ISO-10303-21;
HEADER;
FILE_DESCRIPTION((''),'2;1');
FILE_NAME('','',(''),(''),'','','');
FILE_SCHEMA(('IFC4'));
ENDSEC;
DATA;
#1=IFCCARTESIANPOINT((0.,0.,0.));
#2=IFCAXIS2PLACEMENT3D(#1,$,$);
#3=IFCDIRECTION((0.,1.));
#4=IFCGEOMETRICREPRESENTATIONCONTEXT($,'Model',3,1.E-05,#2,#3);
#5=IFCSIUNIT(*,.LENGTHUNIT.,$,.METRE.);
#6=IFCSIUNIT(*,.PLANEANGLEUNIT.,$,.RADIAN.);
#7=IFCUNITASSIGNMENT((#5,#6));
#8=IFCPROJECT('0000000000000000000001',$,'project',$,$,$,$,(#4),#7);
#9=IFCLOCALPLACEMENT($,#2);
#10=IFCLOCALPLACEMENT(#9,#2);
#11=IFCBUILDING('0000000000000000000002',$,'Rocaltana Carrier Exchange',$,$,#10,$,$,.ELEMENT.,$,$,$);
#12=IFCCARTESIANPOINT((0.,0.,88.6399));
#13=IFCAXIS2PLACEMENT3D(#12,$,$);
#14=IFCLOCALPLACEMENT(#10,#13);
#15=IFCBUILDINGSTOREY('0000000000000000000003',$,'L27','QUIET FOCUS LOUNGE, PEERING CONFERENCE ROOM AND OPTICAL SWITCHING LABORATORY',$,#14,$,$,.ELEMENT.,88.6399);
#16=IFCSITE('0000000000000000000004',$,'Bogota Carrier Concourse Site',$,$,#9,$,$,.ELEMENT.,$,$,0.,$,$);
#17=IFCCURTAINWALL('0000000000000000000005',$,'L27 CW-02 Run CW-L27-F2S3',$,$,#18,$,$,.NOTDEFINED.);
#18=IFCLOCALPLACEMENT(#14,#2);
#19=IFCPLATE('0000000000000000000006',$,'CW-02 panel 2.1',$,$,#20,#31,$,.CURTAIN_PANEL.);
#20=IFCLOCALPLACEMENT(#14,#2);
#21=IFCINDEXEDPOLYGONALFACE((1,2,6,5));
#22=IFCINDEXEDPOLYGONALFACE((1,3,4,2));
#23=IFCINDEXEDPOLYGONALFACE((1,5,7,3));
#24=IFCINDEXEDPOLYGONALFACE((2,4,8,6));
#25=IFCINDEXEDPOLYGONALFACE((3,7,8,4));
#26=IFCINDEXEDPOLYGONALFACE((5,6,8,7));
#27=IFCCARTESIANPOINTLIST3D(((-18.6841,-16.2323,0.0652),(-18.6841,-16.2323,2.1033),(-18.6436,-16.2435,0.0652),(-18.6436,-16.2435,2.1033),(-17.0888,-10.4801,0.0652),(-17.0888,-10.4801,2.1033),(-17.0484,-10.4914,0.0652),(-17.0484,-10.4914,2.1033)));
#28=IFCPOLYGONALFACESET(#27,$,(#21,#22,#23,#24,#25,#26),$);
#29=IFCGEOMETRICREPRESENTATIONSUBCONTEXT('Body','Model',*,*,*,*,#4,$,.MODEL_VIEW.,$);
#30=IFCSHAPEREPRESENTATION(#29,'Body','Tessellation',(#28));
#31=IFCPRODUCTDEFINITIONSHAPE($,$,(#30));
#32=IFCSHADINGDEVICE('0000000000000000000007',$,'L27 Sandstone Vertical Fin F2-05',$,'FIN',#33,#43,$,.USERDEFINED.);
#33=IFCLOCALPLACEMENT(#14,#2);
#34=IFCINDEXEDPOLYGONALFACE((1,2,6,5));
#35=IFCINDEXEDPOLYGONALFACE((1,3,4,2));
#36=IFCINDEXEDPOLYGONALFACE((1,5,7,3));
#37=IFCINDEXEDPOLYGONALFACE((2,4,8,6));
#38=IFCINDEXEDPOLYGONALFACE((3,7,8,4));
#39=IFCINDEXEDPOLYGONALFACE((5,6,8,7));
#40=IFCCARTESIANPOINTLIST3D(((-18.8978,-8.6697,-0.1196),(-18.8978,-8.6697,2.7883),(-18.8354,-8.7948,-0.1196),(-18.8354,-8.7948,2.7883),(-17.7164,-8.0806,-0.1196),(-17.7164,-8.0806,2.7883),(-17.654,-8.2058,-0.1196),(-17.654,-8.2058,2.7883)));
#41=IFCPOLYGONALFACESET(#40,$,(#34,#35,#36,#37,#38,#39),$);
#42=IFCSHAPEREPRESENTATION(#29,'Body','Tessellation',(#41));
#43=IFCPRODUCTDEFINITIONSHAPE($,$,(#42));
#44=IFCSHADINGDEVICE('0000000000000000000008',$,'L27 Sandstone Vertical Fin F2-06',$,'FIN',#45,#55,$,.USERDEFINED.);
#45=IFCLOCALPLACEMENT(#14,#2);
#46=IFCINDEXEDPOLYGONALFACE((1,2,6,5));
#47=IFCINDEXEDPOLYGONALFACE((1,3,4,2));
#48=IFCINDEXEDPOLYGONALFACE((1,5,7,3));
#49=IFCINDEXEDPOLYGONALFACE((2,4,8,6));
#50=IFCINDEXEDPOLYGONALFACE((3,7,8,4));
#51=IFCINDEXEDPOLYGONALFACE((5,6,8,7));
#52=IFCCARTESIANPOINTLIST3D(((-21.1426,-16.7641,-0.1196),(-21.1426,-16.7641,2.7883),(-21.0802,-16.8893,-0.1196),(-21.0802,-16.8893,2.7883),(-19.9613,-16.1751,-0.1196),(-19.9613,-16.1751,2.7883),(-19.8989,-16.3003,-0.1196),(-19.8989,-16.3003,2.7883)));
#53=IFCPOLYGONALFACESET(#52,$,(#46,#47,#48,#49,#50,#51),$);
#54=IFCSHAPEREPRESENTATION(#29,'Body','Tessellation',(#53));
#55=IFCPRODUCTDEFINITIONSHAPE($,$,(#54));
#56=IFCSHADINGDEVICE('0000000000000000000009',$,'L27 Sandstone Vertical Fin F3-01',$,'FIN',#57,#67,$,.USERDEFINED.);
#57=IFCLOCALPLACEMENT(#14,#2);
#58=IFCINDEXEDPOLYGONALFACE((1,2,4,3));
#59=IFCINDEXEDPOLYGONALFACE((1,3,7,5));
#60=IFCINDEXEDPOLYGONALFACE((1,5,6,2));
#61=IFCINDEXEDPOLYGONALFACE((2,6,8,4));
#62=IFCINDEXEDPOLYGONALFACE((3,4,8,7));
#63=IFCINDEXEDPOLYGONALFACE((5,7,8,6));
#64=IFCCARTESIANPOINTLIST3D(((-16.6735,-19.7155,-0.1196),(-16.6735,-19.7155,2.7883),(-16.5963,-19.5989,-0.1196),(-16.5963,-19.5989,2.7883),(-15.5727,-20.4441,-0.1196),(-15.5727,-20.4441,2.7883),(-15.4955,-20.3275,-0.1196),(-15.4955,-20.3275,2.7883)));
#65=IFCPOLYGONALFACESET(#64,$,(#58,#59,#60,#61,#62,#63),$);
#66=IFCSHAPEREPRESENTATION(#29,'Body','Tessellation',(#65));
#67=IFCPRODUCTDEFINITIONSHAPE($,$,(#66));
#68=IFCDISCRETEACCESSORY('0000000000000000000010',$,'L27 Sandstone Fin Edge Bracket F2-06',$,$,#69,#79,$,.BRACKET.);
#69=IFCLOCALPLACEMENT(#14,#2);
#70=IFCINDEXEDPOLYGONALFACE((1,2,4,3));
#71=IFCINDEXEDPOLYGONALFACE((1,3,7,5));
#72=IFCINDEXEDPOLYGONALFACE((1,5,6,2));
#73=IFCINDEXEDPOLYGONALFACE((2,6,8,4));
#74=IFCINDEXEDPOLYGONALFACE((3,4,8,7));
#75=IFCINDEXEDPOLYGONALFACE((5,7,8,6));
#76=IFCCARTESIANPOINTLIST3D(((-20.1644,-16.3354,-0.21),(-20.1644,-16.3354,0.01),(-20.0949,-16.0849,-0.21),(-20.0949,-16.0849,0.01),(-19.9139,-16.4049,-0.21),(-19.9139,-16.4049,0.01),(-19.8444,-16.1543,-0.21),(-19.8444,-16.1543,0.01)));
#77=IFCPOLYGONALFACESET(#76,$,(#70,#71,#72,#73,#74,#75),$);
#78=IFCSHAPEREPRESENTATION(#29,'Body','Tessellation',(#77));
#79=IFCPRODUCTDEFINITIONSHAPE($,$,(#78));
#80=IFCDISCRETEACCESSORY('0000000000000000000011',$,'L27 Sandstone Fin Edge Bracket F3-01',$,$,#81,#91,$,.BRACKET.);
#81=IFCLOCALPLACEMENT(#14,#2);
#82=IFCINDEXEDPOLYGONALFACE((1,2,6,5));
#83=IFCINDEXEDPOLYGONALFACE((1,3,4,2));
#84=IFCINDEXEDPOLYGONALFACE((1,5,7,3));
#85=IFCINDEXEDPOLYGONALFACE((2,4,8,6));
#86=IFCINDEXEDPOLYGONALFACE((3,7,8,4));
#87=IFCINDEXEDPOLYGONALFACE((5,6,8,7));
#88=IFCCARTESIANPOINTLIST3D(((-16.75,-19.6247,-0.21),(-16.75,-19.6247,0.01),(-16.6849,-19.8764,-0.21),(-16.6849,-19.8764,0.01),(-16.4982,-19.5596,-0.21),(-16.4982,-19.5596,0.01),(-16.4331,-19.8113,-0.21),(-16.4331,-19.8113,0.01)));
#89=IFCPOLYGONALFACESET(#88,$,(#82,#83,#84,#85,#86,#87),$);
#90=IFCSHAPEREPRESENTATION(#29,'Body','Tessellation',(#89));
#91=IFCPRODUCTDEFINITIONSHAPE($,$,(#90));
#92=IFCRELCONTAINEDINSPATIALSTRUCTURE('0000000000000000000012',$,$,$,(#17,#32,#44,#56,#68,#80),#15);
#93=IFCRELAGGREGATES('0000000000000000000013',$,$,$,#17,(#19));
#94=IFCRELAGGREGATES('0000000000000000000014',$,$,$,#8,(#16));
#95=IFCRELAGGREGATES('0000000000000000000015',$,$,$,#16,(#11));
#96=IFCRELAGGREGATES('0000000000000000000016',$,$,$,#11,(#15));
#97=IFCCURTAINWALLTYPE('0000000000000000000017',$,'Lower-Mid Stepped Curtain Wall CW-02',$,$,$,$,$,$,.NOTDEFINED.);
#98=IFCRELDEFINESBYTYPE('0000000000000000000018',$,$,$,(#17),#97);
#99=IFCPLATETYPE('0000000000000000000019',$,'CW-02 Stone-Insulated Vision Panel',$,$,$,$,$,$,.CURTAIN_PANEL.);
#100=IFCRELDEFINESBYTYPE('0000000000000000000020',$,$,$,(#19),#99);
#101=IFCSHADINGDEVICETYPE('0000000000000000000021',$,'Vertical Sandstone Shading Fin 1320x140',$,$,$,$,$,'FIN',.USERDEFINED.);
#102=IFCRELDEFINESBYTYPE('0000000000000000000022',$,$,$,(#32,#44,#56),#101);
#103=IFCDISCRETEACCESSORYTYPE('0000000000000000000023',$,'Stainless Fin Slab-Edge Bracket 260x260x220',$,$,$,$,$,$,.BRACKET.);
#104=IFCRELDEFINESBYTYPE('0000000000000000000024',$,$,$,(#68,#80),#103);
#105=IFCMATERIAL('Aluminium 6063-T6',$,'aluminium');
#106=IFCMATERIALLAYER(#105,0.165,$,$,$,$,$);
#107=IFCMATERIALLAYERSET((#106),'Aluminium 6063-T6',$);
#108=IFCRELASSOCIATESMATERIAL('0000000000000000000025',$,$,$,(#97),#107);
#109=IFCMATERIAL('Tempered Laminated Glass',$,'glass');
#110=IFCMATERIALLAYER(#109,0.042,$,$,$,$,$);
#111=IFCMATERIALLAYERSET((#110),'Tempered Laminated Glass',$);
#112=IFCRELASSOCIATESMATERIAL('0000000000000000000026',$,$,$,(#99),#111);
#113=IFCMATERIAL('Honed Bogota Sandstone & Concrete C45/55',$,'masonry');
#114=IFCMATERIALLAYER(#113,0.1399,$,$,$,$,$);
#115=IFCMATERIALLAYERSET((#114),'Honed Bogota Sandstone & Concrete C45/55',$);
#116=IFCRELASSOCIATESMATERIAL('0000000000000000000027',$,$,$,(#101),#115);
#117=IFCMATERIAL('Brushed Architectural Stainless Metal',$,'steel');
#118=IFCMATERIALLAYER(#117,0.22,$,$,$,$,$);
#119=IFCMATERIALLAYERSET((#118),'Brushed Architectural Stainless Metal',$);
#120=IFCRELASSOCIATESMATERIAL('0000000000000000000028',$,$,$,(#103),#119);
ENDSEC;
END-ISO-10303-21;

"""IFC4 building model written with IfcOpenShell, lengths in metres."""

from ifc_helpers import new_model, si_unit, direction, frame, origin, origin_2d, place, context, subcontext, project, spatial, rectangle, extrude, material, layer, layer_set, type_object, element, aggregate, save


model = new_model("IFC4")

# Units and contexts
model_context = context("Model", 3, precision=1e-05, world=origin(), true_north=direction((0.0, 1.0)))
body_context = subcontext(model_context, "Body", "Model", "MODEL_VIEW")
ifc_project = project(units=[si_unit("LENGTHUNIT", "METRE"), si_unit("PLANEANGLEUNIT", "RADIAN")], contexts=[model_context])

# Site, building, storey
site_placement = place(None, origin())
site = spatial("IfcSite", under=ifc_project, at=site_placement, Name="Bogota Carrier Concourse Site", CompositionType="ELEMENT", RefElevation=0.0)
building_placement = place(site_placement, origin())
building = spatial("IfcBuilding", under=site, at=building_placement, Name="Rocaltana Carrier Exchange", CompositionType="ELEMENT")
storey_placement = place(building_placement, frame((0.0, 0.0, 88.6399)))
storey = spatial("IfcBuildingStorey", under=building, at=storey_placement, Name="L27", Description="QUIET FOCUS LOUNGE, PEERING CONFERENCE ROOM AND OPTICAL SWITCHING LABORATORY", CompositionType="ELEMENT", Elevation=88.6399)

# Curtain wall
ifc_material_1 = material(Name="Aluminium 6063-T6", Category="aluminium")
ifc_layer_1 = layer(ifc_material_1, 0.165)
ifc_layer_set_1 = layer_set([ifc_layer_1], Name="Aluminium 6063-T6")
curtain_wall_type = type_object("IfcCurtainWallType", Name="Lower-Mid Stepped Curtain Wall CW-02", PredefinedType="NOTDEFINED", material=ifc_layer_set_1)
curtain_wall_1_placement = place(storey_placement, origin())
curtain_wall_1 = element("IfcCurtainWall", 1, at=curtain_wall_1_placement, inside=storey, type_object=curtain_wall_type, Name="L27 CW-02 Run CW-L27-F2S3", PredefinedType="NOTDEFINED")

# Plate
ifc_material_2 = material(Name="Tempered Laminated Glass", Category="glass")
ifc_layer_2 = layer(ifc_material_2, 0.042)
ifc_layer_set_2 = layer_set([ifc_layer_2], Name="Tempered Laminated Glass")
plate_type = type_object("IfcPlateType", Name="CW-02 Stone-Insulated Vision Panel", PredefinedType="CURTAIN_PANEL", material=ifc_layer_set_2)
plate_placement = place(storey_placement, frame((-17.8662, -13.3618, 0.0652), z_axis=(0.0, 0.0, 1.0), x_axis=(-0.267243, -0.963629, 0.0)))
plate = element("IfcPlate", 2, at=plate_placement, type_object=plate_type, Name="CW-02 panel 2.1", PredefinedType="CURTAIN_PANEL", context=body_context, shape_type="SweptSolid", body=[
    extrude(rectangle(XDim=5.9692, YDim=0.042, at=origin_2d()), origin(), (0.0, 0.0, 1.0), 2.0381),
])
aggregate(curtain_wall_1, [plate])

# Shading devices
ifc_material_3 = material(Name="Honed Bogota Sandstone & Concrete C45/55", Category="masonry")
ifc_layer_3 = layer(ifc_material_3, 0.1399)
ifc_layer_set_3 = layer_set([ifc_layer_3], Name="Honed Bogota Sandstone & Concrete C45/55")
shading_device_type = type_object("IfcShadingDeviceType", Name="Vertical Sandstone Shading Fin 1320x140", ElementType="FIN", PredefinedType="USERDEFINED", material=ifc_layer_set_3)
for number, where, z_axis, x_axis, name in (
    (3, (-18.2759, -8.4377, -0.1196), (0.0, 0.0, 1.0), (-0.894934, -0.446198, 0.0), "L27 Sandstone Vertical Fin F2-05"),
    (4, (-20.5208, -16.5322, -0.1196), (0.0, 0.0, 1.0), (-0.894934, -0.446198, 0.0), "L27 Sandstone Vertical Fin F2-06"),
    (5, (-16.0845, -20.0215, -0.1196), (0.0, 0.0, 1.0), (0.833886, -0.551937, 0.0), "L27 Sandstone Vertical Fin F3-01"),
):
    element("IfcShadingDevice", number, at=place(storey_placement, frame(where, z_axis=z_axis, x_axis=x_axis)), inside=storey, type_object=shading_device_type, Name=name, ObjectType="FIN", PredefinedType="USERDEFINED", context=body_context, shape_type="SweptSolid", body=[
        extrude(rectangle(XDim=1.3201, YDim=0.1399, at=origin_2d()), origin(), (0.0, 0.0, 1.0), 2.908),
    ])

# Discrete accessories
ifc_material_4 = material(Name="Brushed Architectural Stainless Metal", Category="steel")
ifc_layer_4 = layer(ifc_material_4, 0.22)
ifc_layer_set_4 = layer_set([ifc_layer_4], Name="Brushed Architectural Stainless Metal")
discrete_accessory_type = type_object("IfcDiscreteAccessoryType", Name="Stainless Fin Slab-Edge Bracket 260x260x220", PredefinedType="BRACKET", material=ifc_layer_set_4)
for number, where, z_axis, x_axis, name in (
    (6, (-20.0044, -16.2449, -0.21), (0.0, 0.0, 1.0), (-0.267238, -0.96363, 0.0), "L27 Sandstone Fin Edge Bracket F2-06"),
    (7, (-16.5916, -19.718, -0.21), (0.0, 0.0, 1.0), (0.968148, 0.25038, 0.0), "L27 Sandstone Fin Edge Bracket F3-01"),
):
    element("IfcDiscreteAccessory", number, at=place(storey_placement, frame(where, z_axis=z_axis, x_axis=x_axis)), inside=storey, type_object=discrete_accessory_type, Name=name, PredefinedType="BRACKET", context=body_context, shape_type="SweptSolid", body=[
        extrude(rectangle(XDim=0.26, YDim=0.26, at=origin_2d()), origin(), (0.0, 0.0, 1.0), 0.22),
    ])

save(model, "model.ifc")
